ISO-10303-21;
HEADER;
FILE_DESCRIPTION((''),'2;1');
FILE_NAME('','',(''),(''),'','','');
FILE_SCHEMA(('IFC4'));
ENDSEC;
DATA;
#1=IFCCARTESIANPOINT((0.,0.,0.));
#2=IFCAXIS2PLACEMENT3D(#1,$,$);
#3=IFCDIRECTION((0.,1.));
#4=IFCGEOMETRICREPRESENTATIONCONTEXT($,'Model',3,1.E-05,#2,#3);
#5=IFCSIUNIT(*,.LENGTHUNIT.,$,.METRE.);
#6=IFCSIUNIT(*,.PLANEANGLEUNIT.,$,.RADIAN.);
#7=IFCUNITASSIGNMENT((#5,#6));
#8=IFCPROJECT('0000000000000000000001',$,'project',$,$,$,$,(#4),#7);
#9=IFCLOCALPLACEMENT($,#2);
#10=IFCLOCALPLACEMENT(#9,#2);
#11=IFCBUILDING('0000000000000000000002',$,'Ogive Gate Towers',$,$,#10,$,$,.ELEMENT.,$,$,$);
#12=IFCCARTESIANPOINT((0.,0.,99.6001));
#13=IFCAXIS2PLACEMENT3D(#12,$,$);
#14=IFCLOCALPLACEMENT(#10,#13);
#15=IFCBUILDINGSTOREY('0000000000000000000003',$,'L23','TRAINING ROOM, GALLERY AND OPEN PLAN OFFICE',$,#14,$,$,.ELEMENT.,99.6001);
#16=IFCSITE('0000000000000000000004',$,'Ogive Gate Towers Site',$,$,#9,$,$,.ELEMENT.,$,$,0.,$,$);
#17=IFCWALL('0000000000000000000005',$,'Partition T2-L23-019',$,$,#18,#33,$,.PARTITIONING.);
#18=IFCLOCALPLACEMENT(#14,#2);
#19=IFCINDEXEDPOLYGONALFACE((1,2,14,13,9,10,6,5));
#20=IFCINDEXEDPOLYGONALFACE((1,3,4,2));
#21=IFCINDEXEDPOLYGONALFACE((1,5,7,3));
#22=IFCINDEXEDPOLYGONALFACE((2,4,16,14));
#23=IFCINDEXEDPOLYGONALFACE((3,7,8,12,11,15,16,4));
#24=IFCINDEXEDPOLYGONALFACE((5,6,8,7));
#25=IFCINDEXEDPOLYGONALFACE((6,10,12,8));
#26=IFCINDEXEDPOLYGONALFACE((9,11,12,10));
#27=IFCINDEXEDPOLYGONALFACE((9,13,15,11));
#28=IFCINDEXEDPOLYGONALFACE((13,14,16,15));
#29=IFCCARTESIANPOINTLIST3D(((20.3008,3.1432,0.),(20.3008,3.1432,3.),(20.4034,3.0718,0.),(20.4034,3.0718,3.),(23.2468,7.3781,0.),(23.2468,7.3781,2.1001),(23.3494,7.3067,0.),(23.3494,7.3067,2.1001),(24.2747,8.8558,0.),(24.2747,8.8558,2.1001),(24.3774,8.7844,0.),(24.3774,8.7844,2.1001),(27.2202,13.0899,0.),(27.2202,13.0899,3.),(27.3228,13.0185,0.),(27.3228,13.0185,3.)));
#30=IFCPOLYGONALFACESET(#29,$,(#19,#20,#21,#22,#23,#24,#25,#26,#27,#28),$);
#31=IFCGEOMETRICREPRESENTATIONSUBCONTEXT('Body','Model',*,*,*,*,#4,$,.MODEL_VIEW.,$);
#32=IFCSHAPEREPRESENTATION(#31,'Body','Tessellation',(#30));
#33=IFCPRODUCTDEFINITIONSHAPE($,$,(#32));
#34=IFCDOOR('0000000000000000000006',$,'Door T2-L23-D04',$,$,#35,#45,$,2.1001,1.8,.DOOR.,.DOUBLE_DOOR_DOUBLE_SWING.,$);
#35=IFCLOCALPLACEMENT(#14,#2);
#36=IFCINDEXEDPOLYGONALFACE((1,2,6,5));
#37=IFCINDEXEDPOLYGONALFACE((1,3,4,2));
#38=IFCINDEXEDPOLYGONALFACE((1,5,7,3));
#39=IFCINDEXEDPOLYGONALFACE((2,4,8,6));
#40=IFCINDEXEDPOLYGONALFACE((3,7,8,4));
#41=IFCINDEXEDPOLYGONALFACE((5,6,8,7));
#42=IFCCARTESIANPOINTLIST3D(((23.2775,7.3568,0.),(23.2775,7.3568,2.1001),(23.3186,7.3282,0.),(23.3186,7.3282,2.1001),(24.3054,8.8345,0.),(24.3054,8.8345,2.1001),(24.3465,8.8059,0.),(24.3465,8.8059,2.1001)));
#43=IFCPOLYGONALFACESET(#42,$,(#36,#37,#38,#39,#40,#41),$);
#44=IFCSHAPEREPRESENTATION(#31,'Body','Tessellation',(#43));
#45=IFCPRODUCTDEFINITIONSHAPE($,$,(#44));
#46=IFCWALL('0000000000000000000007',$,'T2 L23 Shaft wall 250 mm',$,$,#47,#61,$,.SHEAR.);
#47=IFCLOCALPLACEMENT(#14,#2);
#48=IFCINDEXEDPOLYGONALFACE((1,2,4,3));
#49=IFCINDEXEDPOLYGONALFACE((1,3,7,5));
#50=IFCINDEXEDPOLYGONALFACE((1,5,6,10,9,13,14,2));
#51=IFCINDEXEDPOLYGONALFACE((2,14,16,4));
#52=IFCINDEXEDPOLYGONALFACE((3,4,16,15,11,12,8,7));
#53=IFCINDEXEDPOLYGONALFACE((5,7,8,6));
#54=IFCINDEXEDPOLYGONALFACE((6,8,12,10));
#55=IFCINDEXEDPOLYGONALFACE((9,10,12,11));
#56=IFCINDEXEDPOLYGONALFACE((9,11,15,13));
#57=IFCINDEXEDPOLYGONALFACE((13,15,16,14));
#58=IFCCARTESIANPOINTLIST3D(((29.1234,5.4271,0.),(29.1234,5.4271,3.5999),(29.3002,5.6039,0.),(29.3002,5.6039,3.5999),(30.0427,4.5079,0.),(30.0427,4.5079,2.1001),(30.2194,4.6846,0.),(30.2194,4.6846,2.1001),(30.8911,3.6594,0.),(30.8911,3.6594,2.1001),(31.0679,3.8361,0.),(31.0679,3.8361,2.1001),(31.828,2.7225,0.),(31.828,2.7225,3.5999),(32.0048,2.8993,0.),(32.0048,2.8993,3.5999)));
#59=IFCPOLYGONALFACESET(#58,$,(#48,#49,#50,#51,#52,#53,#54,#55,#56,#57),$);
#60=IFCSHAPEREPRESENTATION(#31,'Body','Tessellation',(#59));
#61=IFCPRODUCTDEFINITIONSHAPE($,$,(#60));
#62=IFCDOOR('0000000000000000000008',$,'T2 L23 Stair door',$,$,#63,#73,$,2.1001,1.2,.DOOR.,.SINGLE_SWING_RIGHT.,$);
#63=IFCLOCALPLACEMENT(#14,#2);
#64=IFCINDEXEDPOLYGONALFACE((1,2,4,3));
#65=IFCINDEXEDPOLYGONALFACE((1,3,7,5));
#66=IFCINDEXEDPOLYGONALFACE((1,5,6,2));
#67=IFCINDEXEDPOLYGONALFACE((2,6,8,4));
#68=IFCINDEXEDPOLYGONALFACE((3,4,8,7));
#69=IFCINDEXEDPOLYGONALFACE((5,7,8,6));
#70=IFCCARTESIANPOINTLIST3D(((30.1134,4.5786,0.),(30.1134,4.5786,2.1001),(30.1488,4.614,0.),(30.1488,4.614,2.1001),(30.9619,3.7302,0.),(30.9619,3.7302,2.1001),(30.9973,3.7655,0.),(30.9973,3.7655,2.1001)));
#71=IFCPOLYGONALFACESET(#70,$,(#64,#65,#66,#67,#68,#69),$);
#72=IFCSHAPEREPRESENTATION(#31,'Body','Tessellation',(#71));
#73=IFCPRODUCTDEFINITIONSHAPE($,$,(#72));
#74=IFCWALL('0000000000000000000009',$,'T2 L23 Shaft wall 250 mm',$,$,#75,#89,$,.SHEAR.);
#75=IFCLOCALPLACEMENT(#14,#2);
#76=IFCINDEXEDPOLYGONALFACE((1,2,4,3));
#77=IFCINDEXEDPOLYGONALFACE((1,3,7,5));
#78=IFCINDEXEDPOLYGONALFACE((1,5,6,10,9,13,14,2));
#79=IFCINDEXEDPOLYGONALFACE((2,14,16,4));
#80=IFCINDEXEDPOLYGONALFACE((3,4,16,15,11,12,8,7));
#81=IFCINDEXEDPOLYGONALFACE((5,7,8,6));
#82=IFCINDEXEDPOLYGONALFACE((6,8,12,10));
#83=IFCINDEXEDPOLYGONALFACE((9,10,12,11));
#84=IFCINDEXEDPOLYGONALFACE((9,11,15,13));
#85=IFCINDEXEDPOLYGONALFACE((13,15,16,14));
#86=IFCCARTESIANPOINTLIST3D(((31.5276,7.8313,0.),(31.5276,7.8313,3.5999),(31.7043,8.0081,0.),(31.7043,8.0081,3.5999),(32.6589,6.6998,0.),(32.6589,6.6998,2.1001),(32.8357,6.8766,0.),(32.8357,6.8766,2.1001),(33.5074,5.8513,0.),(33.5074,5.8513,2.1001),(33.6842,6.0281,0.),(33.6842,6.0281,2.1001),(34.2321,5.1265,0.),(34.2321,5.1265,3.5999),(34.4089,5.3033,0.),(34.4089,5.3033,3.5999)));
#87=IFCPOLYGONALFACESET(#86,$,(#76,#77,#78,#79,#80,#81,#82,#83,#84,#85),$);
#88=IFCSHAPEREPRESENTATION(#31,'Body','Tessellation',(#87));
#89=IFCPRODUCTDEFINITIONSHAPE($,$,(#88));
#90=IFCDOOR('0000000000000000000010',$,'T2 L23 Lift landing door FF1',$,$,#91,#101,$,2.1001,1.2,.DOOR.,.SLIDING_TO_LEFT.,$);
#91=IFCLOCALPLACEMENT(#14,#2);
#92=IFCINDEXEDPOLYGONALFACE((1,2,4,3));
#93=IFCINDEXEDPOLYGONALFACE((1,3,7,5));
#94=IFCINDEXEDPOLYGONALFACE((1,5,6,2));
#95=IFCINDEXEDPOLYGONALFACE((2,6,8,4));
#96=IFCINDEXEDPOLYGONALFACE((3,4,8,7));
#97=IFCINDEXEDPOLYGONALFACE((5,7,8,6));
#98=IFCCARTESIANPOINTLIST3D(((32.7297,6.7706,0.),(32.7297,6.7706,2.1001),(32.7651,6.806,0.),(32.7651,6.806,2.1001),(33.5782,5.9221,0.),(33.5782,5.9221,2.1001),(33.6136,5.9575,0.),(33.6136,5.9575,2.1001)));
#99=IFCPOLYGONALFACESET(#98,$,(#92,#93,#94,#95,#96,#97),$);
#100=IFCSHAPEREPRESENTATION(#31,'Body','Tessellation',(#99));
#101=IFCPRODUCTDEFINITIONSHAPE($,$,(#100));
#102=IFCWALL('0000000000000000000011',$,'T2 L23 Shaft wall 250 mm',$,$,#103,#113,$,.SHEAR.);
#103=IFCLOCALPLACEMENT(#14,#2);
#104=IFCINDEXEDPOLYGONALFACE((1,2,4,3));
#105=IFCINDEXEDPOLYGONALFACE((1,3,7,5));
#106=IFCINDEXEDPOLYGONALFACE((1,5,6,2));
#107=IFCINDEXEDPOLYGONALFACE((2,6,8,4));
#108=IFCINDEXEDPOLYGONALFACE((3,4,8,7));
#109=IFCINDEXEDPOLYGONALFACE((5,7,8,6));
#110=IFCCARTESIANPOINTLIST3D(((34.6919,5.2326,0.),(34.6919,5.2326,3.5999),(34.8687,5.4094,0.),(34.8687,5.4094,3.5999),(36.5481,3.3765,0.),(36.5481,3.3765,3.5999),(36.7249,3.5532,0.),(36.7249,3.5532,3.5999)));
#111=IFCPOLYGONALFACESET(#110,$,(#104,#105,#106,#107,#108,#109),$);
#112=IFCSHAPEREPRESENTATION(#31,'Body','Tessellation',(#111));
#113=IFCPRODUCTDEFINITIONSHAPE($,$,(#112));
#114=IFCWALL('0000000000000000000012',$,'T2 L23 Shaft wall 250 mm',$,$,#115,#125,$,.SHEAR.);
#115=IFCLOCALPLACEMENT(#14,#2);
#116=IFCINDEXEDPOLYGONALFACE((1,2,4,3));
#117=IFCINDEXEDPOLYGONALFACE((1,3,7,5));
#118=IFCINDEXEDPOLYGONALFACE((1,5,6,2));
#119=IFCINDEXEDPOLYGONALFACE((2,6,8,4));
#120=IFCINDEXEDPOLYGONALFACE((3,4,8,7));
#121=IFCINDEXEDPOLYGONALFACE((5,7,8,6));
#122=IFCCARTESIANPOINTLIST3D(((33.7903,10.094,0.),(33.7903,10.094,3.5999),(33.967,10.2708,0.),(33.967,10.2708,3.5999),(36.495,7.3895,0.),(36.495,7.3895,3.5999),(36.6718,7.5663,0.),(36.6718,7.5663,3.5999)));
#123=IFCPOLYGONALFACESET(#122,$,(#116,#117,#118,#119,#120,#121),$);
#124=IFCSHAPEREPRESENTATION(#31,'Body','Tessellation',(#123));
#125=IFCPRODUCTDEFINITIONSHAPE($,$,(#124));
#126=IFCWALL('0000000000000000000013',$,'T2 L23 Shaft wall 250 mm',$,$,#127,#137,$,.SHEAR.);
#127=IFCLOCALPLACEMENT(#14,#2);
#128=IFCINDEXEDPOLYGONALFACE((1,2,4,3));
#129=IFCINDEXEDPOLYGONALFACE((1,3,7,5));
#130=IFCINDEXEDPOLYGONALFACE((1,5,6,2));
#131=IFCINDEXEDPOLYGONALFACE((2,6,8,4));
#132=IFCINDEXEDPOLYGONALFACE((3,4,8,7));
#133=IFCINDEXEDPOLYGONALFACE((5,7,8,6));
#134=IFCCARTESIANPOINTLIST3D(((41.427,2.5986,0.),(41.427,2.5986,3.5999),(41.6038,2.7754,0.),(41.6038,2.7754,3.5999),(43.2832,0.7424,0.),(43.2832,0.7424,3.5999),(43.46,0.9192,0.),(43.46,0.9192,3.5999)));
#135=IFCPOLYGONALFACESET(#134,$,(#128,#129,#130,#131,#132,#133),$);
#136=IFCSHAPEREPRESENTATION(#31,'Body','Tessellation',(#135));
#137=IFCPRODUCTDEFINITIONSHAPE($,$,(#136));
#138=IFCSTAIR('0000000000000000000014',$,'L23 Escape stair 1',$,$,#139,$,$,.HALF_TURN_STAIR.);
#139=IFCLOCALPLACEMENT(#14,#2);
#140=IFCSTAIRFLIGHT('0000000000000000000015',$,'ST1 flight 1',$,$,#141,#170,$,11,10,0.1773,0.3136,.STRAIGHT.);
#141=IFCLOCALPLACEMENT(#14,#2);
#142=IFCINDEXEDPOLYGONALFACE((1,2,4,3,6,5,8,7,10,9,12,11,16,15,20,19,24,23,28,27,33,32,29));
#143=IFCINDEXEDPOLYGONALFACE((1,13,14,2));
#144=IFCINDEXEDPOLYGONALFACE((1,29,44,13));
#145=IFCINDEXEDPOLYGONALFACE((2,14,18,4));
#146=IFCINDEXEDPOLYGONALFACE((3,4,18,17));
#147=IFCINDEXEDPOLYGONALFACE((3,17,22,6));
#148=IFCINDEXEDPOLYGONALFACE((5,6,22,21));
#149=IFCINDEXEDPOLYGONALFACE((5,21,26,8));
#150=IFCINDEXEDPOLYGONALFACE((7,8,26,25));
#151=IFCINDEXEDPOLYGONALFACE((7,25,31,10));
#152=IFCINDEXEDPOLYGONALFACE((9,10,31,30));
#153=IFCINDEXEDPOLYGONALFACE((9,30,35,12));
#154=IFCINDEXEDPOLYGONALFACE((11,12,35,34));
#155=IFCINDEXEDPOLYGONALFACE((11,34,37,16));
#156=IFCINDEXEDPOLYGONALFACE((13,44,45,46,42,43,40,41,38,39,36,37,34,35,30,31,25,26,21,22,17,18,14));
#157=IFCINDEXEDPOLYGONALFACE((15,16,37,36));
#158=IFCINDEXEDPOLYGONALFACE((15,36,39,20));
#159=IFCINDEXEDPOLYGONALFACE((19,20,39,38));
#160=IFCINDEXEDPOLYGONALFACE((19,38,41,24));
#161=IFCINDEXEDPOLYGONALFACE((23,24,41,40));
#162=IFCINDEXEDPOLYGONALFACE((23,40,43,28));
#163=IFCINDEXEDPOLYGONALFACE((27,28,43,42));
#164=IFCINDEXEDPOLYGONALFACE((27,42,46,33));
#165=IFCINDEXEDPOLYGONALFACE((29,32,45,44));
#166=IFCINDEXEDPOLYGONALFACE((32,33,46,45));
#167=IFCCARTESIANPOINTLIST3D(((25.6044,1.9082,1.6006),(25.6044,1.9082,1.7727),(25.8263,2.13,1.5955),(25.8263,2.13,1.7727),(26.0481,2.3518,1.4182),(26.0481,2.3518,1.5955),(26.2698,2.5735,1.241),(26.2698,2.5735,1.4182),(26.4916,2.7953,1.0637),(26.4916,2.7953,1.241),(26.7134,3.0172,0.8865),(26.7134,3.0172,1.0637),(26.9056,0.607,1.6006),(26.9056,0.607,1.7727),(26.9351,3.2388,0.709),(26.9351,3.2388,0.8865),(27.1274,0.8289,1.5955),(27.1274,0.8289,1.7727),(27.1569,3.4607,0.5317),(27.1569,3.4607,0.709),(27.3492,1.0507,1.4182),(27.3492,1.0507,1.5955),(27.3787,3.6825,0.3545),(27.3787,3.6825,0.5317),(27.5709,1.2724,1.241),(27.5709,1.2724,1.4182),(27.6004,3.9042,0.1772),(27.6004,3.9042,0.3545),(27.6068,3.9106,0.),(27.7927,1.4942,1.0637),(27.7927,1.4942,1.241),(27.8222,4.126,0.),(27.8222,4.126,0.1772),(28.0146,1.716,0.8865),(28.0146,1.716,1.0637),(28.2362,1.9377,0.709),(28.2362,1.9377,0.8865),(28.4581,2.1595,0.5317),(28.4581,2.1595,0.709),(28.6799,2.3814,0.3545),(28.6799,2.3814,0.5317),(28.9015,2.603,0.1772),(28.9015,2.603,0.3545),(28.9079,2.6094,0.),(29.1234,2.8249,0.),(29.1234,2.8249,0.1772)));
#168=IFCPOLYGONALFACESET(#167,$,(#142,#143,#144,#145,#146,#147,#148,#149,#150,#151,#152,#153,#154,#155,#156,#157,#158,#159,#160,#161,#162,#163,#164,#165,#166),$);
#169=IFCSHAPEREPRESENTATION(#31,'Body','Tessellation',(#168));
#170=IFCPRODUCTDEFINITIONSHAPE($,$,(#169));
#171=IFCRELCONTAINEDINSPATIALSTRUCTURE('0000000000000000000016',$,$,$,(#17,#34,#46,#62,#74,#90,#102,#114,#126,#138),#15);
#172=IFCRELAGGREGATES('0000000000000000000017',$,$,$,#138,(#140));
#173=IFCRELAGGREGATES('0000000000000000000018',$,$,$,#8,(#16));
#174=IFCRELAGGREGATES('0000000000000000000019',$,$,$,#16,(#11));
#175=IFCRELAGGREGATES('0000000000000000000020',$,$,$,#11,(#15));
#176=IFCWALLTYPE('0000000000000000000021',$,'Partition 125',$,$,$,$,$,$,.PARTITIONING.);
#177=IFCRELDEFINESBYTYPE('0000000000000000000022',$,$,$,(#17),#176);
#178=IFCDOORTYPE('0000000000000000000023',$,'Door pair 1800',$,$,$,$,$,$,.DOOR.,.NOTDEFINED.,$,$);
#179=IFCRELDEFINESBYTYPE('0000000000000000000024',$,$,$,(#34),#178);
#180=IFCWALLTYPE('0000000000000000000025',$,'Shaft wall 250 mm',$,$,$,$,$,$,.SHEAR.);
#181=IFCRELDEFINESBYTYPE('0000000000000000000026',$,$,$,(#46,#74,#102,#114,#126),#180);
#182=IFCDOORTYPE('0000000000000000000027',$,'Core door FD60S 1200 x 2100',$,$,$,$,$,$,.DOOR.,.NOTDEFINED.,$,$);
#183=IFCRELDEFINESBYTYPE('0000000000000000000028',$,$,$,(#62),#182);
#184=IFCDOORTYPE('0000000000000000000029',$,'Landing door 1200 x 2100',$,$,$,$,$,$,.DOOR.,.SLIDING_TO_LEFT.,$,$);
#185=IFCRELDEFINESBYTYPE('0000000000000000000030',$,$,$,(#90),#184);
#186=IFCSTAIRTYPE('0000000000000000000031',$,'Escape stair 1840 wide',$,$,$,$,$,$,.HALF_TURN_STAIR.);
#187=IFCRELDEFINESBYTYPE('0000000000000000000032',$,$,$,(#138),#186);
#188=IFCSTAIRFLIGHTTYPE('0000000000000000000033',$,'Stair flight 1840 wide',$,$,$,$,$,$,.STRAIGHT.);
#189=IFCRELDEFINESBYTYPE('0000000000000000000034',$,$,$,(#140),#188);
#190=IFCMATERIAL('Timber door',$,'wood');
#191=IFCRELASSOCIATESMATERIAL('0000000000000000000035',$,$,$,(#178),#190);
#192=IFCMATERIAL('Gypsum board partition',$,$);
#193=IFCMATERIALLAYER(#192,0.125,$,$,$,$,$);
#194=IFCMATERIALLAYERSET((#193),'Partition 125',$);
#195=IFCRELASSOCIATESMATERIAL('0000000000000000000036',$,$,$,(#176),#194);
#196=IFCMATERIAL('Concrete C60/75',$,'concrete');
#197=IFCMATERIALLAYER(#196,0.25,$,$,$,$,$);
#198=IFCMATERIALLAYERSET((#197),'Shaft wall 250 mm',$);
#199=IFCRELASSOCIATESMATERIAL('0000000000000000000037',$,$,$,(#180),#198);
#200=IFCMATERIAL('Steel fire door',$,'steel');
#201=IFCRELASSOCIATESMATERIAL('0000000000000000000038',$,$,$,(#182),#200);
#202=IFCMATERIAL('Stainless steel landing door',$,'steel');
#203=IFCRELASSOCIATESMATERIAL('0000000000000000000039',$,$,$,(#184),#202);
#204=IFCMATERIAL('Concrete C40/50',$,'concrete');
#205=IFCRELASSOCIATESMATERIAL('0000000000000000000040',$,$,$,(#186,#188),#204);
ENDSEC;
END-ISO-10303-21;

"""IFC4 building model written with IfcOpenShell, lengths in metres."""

from ifc_helpers import new_model, si_unit, direction, frame, frame_2d, origin, place, context, subcontext, project, spatial, polyline, rectangle, outline, extrude, material, layer, layer_set, type_object, element, fill, aggregate, save


model = new_model("IFC4")

# Units and contexts
model_context = context("Model", 3, precision=1e-05, world=origin(), true_north=direction((0.0, 1.0)))
body_context = subcontext(model_context, "Body", "Model", "MODEL_VIEW")
ifc_project = project(units=[si_unit("LENGTHUNIT", "METRE"), si_unit("PLANEANGLEUNIT", "RADIAN")], contexts=[model_context])

# Site, building, storey
site_placement = place(None, origin())
site = spatial("IfcSite", under=ifc_project, at=site_placement, Name="Ogive Gate Towers Site", CompositionType="ELEMENT", RefElevation=0.0)
building_placement = place(site_placement, origin())
building = spatial("IfcBuilding", under=site, at=building_placement, Name="Ogive Gate Towers", CompositionType="ELEMENT")
storey_placement = place(building_placement, frame((0.0, 0.0, 99.6001)))
storey = spatial("IfcBuildingStorey", under=building, at=storey_placement, Name="L23", Description="TRAINING ROOM, GALLERY AND OPEN PLAN OFFICE", CompositionType="ELEMENT", Elevation=99.6001)

# Walls, openings, doors
ifc_material_1 = material(Name="Timber door", Category="wood")
door_type_1 = type_object("IfcDoorType", Name="Door pair 1800", OperationType="NOTDEFINED", PredefinedType="DOOR", material=ifc_material_1)
ifc_material_2 = material(Name="Gypsum board partition")
ifc_layer_1 = layer(ifc_material_2, 0.125)
ifc_layer_set_1 = layer_set([ifc_layer_1], Name="Partition 125")
wall_type_1 = type_object("IfcWallType", Name="Partition 125", PredefinedType="PARTITIONING", material=ifc_layer_set_1)
wall_1_placement = place(storey_placement, frame((27.2715, 13.0542, 0.0), z_axis=(0.0, 0.0, 1.0), x_axis=(-0.571061, -0.820908, 0.0)))
wall_1 = element("IfcWall", 1, at=wall_1_placement, inside=storey, type_object=wall_type_1, Name="Partition T2-L23-019", PredefinedType="PARTITIONING", context=body_context, shape_type="SweptSolid", body=[
    extrude(rectangle(XDim=12.1167, YDim=0.125, at=frame_2d((6.0583, 0.0))), origin(), (0.0, 0.0, 1.0), 3.0),
])
opening_1_placement = place(wall_1_placement, frame((5.158, 0.0, 0.0)))
opening_1 = element("IfcOpeningElement", 2, at=opening_1_placement, cuts=wall_1, PredefinedType="OPENING", context=body_context, shape_type="SweptSolid", body=[
    extrude(rectangle(XDim=1.8, YDim=2.1001, at=frame_2d((0.8999, 1.05))), frame((0.0, 0.0725, 0.0), z_axis=(0.0, -1.0, 0.0), x_axis=(1.0, 0.0, 0.0)), (0.0, 0.0, 1.0), 0.145),
])
door_1_placement = place(opening_1_placement, origin())
door_1 = element("IfcDoor", 3, at=door_1_placement, inside=storey, type_object=door_type_1, Name="Door T2-L23-D04", OperationType="DOUBLE_DOOR_DOUBLE_SWING", OverallHeight=2.1001, OverallWidth=1.8, PredefinedType="DOOR", context=body_context, shape_type="SweptSolid", body=[
    extrude(rectangle(XDim=1.8, YDim=2.1001, at=frame_2d((0.8999, 1.05))), frame((0.0, 0.0249, 0.0), z_axis=(0.0, -1.0, 0.0), x_axis=(1.0, 0.0, 0.0)), (0.0, 0.0, 1.0), 0.05),
])
fill(opening_1, door_1)
ifc_material_3 = material(Name="Concrete C60/75", Category="concrete")
ifc_layer_2 = layer(ifc_material_3, 0.25)
ifc_layer_set_2 = layer_set([ifc_layer_2], Name="Shaft wall 250 mm")
wall_type_2 = type_object("IfcWallType", Name="Shaft wall 250 mm", PredefinedType="SHEAR", material=ifc_layer_set_2)
wall_2_placement = place(storey_placement, frame((31.9165, 2.8108, 0.0), z_axis=(0.0, 0.0, 1.0), x_axis=(-0.707107, 0.707107, 0.0)))
wall_2 = element("IfcWall", 4, at=wall_2_placement, inside=storey, type_object=wall_type_2, Name="T2 L23 Shaft wall 250 mm", PredefinedType="SHEAR", context=body_context, shape_type="SweptSolid", body=[
    extrude(rectangle(XDim=3.825, YDim=0.25, at=frame_2d((1.9126, 0.0))), origin(), (0.0, 0.0, 1.0), 3.5999),
])
opening_2_placement = place(wall_2_placement, frame((1.325, 0.0, 0.0)))
opening_2 = element("IfcOpeningElement", 5, at=opening_2_placement, cuts=wall_2, PredefinedType="OPENING", context=body_context, shape_type="SweptSolid", body=[
    extrude(rectangle(XDim=1.2, YDim=2.1001, at=frame_2d((0.6001, 1.05))), frame((0.0, 0.135, 0.0), z_axis=(0.0, -1.0, 0.0), x_axis=(1.0, 0.0, 0.0)), (0.0, 0.0, 1.0), 0.27),
])
ifc_material_4 = material(Name="Steel fire door", Category="steel")
door_type_2 = type_object("IfcDoorType", Name="Core door FD60S 1200 x 2100", OperationType="NOTDEFINED", PredefinedType="DOOR", material=ifc_material_4)
door_2_placement = place(opening_2_placement, origin())
door_2 = element("IfcDoor", 6, at=door_2_placement, inside=storey, type_object=door_type_2, Name="T2 L23 Stair door", OperationType="SINGLE_SWING_RIGHT", OverallHeight=2.1001, OverallWidth=1.2, PredefinedType="DOOR", context=body_context, shape_type="SweptSolid", body=[
    extrude(rectangle(XDim=1.2, YDim=2.1001, at=frame_2d((0.6001, 1.05))), frame((0.0, 0.0249, 0.0), z_axis=(0.0, -1.0, 0.0), x_axis=(1.0, 0.0, 0.0)), (0.0, 0.0, 1.0), 0.05),
])
fill(opening_2, door_2)
wall_3_placement = place(storey_placement, frame((34.3206, 5.2148, 0.0), z_axis=(0.0, 0.0, 1.0), x_axis=(-0.707075, 0.707139, 0.0)))
wall_3 = element("IfcWall", 7, at=wall_3_placement, inside=storey, type_object=wall_type_2, Name="T2 L23 Shaft wall 250 mm", PredefinedType="SHEAR", context=body_context, shape_type="SweptSolid", body=[
    extrude(rectangle(XDim=3.825, YDim=0.25, at=frame_2d((1.9126, 0.0))), origin(), (0.0, 0.0, 1.0), 3.5999),
])
opening_3_placement = place(wall_3_placement, frame((1.0249, 0.0, 0.0)))
opening_3 = element("IfcOpeningElement", 8, at=opening_3_placement, cuts=wall_3, PredefinedType="OPENING", context=body_context, shape_type="SweptSolid", body=[
    extrude(rectangle(XDim=1.2, YDim=2.1001, at=frame_2d((0.6001, 1.05))), frame((0.0, 0.135, 0.0), z_axis=(0.0, -1.0, 0.0), x_axis=(1.0, 0.0, 0.0)), (0.0, 0.0, 1.0), 0.27),
])
ifc_material_5 = material(Name="Stainless steel landing door", Category="steel")
door_type_3 = type_object("IfcDoorType", Name="Landing door 1200 x 2100", OperationType="SLIDING_TO_LEFT", PredefinedType="DOOR", material=ifc_material_5)
door_3_placement = place(opening_3_placement, origin())
door_3 = element("IfcDoor", 9, at=door_3_placement, inside=storey, type_object=door_type_3, Name="T2 L23 Lift landing door FF1", OperationType="SLIDING_TO_LEFT", OverallHeight=2.1001, OverallWidth=1.2, PredefinedType="DOOR", context=body_context, shape_type="SweptSolid", body=[
    extrude(rectangle(XDim=1.2, YDim=2.1001, at=frame_2d((0.6001, 1.05))), frame((0.0, 0.0249, 0.0), z_axis=(0.0, -1.0, 0.0), x_axis=(1.0, 0.0, 0.0)), (0.0, 0.0, 1.0), 0.05),
])
fill(opening_3, door_3)

# Walls
wall_4_placement = place(storey_placement, frame((36.6365, 3.4648, 0.0), z_axis=(0.0, 0.0, 1.0), x_axis=(-0.707107, 0.707107, 0.0)))
element("IfcWall", 10, at=wall_4_placement, inside=storey, type_object=wall_type_2, Name="T2 L23 Shaft wall 250 mm", PredefinedType="SHEAR", context=body_context, shape_type="SweptSolid", body=[
    extrude(rectangle(XDim=2.625, YDim=0.25, at=frame_2d((1.3125, 0.0))), origin(), (0.0, 0.0, 1.0), 3.5999),
])
wall_5_placement = place(storey_placement, frame((36.5835, 7.4778, 0.0), z_axis=(0.0, 0.0, 1.0), x_axis=(-0.707139, 0.707075, 0.0)))
element("IfcWall", 11, at=wall_5_placement, inside=storey, type_object=wall_type_2, Name="T2 L23 Shaft wall 250 mm", PredefinedType="SHEAR", context=body_context, shape_type="SweptSolid", body=[
    extrude(rectangle(XDim=3.825, YDim=0.25, at=frame_2d((1.9126, 0.0))), origin(), (0.0, 0.0, 1.0), 3.5999),
])
wall_6_placement = place(storey_placement, frame((43.3716, 0.8308, 0.0), z_axis=(0.0, 0.0, 1.0), x_axis=(-0.707107, 0.707107, 0.0)))
element("IfcWall", 12, at=wall_6_placement, inside=storey, type_object=wall_type_2, Name="T2 L23 Shaft wall 250 mm", PredefinedType="SHEAR", context=body_context, shape_type="SweptSolid", body=[
    extrude(rectangle(XDim=2.625, YDim=0.25, at=frame_2d((1.3125, 0.0))), origin(), (0.0, 0.0, 1.0), 3.5999),
])

# Stair, stair flight
ifc_material_6 = material(Name="Concrete C40/50", Category="concrete")
stair_type = type_object("IfcStairType", Name="Escape stair 1840 wide", PredefinedType="HALF_TURN_STAIR", material=ifc_material_6)
stair_1_placement = place(storey_placement, origin())
stair_1 = element("IfcStair", 13, at=stair_1_placement, inside=storey, type_object=stair_type, Name="L23 Escape stair 1", PredefinedType="HALF_TURN_STAIR")
stair_flight_type = type_object("IfcStairFlightType", Name="Stair flight 1840 wide", PredefinedType="STRAIGHT", material=ifc_material_6)
stair_flight_1_placement = place(storey_placement, frame((28.4729, 3.4753, 0.0), z_axis=(0.0, 0.0, 1.0), x_axis=(-0.707107, -0.707107, 0.0)))
stair_flight_1 = element("IfcStairFlight", 14, at=stair_flight_1_placement, type_object=stair_flight_type, Name="ST1 flight 1", NumberOfRisers=11, NumberOfTreads=10, PredefinedType="STRAIGHT", RiserHeight=0.1773, TreadLength=0.3136, context=body_context, shape_type="SweptSolid", body=[
    extrude(outline(polyline([(0.0, 0.0), (0.0, 0.1772), (0.3137, 0.1772), (0.3137, 0.3545), (0.6272, 0.3545), (0.6272, 0.5317), (0.9409, 0.5317), (0.9409, 0.709), (1.2546, 0.709), (1.2546, 0.8865), (1.5681, 0.8865), (1.5681, 1.0637), (1.8818, 1.0637), (1.8818, 1.241), (2.1956, 1.241), (2.1956, 1.4182), (2.509, 1.4182), (2.509, 1.5955), (2.8228, 1.5955), (2.8228, 1.7727), (3.1365, 1.7727), (3.1365, 1.95), (3.1365, 1.6006), (0.3047, 0.0), (0.0, 0.0)])), frame((0.0, 0.9199, 0.0), z_axis=(0.0, -1.0, 0.0), x_axis=(1.0, 0.0, 0.0)), (0.0, 0.0, 1.0), 1.8401),
])
aggregate(stair_1, [stair_flight_1])

save(model, "model.ifc")
